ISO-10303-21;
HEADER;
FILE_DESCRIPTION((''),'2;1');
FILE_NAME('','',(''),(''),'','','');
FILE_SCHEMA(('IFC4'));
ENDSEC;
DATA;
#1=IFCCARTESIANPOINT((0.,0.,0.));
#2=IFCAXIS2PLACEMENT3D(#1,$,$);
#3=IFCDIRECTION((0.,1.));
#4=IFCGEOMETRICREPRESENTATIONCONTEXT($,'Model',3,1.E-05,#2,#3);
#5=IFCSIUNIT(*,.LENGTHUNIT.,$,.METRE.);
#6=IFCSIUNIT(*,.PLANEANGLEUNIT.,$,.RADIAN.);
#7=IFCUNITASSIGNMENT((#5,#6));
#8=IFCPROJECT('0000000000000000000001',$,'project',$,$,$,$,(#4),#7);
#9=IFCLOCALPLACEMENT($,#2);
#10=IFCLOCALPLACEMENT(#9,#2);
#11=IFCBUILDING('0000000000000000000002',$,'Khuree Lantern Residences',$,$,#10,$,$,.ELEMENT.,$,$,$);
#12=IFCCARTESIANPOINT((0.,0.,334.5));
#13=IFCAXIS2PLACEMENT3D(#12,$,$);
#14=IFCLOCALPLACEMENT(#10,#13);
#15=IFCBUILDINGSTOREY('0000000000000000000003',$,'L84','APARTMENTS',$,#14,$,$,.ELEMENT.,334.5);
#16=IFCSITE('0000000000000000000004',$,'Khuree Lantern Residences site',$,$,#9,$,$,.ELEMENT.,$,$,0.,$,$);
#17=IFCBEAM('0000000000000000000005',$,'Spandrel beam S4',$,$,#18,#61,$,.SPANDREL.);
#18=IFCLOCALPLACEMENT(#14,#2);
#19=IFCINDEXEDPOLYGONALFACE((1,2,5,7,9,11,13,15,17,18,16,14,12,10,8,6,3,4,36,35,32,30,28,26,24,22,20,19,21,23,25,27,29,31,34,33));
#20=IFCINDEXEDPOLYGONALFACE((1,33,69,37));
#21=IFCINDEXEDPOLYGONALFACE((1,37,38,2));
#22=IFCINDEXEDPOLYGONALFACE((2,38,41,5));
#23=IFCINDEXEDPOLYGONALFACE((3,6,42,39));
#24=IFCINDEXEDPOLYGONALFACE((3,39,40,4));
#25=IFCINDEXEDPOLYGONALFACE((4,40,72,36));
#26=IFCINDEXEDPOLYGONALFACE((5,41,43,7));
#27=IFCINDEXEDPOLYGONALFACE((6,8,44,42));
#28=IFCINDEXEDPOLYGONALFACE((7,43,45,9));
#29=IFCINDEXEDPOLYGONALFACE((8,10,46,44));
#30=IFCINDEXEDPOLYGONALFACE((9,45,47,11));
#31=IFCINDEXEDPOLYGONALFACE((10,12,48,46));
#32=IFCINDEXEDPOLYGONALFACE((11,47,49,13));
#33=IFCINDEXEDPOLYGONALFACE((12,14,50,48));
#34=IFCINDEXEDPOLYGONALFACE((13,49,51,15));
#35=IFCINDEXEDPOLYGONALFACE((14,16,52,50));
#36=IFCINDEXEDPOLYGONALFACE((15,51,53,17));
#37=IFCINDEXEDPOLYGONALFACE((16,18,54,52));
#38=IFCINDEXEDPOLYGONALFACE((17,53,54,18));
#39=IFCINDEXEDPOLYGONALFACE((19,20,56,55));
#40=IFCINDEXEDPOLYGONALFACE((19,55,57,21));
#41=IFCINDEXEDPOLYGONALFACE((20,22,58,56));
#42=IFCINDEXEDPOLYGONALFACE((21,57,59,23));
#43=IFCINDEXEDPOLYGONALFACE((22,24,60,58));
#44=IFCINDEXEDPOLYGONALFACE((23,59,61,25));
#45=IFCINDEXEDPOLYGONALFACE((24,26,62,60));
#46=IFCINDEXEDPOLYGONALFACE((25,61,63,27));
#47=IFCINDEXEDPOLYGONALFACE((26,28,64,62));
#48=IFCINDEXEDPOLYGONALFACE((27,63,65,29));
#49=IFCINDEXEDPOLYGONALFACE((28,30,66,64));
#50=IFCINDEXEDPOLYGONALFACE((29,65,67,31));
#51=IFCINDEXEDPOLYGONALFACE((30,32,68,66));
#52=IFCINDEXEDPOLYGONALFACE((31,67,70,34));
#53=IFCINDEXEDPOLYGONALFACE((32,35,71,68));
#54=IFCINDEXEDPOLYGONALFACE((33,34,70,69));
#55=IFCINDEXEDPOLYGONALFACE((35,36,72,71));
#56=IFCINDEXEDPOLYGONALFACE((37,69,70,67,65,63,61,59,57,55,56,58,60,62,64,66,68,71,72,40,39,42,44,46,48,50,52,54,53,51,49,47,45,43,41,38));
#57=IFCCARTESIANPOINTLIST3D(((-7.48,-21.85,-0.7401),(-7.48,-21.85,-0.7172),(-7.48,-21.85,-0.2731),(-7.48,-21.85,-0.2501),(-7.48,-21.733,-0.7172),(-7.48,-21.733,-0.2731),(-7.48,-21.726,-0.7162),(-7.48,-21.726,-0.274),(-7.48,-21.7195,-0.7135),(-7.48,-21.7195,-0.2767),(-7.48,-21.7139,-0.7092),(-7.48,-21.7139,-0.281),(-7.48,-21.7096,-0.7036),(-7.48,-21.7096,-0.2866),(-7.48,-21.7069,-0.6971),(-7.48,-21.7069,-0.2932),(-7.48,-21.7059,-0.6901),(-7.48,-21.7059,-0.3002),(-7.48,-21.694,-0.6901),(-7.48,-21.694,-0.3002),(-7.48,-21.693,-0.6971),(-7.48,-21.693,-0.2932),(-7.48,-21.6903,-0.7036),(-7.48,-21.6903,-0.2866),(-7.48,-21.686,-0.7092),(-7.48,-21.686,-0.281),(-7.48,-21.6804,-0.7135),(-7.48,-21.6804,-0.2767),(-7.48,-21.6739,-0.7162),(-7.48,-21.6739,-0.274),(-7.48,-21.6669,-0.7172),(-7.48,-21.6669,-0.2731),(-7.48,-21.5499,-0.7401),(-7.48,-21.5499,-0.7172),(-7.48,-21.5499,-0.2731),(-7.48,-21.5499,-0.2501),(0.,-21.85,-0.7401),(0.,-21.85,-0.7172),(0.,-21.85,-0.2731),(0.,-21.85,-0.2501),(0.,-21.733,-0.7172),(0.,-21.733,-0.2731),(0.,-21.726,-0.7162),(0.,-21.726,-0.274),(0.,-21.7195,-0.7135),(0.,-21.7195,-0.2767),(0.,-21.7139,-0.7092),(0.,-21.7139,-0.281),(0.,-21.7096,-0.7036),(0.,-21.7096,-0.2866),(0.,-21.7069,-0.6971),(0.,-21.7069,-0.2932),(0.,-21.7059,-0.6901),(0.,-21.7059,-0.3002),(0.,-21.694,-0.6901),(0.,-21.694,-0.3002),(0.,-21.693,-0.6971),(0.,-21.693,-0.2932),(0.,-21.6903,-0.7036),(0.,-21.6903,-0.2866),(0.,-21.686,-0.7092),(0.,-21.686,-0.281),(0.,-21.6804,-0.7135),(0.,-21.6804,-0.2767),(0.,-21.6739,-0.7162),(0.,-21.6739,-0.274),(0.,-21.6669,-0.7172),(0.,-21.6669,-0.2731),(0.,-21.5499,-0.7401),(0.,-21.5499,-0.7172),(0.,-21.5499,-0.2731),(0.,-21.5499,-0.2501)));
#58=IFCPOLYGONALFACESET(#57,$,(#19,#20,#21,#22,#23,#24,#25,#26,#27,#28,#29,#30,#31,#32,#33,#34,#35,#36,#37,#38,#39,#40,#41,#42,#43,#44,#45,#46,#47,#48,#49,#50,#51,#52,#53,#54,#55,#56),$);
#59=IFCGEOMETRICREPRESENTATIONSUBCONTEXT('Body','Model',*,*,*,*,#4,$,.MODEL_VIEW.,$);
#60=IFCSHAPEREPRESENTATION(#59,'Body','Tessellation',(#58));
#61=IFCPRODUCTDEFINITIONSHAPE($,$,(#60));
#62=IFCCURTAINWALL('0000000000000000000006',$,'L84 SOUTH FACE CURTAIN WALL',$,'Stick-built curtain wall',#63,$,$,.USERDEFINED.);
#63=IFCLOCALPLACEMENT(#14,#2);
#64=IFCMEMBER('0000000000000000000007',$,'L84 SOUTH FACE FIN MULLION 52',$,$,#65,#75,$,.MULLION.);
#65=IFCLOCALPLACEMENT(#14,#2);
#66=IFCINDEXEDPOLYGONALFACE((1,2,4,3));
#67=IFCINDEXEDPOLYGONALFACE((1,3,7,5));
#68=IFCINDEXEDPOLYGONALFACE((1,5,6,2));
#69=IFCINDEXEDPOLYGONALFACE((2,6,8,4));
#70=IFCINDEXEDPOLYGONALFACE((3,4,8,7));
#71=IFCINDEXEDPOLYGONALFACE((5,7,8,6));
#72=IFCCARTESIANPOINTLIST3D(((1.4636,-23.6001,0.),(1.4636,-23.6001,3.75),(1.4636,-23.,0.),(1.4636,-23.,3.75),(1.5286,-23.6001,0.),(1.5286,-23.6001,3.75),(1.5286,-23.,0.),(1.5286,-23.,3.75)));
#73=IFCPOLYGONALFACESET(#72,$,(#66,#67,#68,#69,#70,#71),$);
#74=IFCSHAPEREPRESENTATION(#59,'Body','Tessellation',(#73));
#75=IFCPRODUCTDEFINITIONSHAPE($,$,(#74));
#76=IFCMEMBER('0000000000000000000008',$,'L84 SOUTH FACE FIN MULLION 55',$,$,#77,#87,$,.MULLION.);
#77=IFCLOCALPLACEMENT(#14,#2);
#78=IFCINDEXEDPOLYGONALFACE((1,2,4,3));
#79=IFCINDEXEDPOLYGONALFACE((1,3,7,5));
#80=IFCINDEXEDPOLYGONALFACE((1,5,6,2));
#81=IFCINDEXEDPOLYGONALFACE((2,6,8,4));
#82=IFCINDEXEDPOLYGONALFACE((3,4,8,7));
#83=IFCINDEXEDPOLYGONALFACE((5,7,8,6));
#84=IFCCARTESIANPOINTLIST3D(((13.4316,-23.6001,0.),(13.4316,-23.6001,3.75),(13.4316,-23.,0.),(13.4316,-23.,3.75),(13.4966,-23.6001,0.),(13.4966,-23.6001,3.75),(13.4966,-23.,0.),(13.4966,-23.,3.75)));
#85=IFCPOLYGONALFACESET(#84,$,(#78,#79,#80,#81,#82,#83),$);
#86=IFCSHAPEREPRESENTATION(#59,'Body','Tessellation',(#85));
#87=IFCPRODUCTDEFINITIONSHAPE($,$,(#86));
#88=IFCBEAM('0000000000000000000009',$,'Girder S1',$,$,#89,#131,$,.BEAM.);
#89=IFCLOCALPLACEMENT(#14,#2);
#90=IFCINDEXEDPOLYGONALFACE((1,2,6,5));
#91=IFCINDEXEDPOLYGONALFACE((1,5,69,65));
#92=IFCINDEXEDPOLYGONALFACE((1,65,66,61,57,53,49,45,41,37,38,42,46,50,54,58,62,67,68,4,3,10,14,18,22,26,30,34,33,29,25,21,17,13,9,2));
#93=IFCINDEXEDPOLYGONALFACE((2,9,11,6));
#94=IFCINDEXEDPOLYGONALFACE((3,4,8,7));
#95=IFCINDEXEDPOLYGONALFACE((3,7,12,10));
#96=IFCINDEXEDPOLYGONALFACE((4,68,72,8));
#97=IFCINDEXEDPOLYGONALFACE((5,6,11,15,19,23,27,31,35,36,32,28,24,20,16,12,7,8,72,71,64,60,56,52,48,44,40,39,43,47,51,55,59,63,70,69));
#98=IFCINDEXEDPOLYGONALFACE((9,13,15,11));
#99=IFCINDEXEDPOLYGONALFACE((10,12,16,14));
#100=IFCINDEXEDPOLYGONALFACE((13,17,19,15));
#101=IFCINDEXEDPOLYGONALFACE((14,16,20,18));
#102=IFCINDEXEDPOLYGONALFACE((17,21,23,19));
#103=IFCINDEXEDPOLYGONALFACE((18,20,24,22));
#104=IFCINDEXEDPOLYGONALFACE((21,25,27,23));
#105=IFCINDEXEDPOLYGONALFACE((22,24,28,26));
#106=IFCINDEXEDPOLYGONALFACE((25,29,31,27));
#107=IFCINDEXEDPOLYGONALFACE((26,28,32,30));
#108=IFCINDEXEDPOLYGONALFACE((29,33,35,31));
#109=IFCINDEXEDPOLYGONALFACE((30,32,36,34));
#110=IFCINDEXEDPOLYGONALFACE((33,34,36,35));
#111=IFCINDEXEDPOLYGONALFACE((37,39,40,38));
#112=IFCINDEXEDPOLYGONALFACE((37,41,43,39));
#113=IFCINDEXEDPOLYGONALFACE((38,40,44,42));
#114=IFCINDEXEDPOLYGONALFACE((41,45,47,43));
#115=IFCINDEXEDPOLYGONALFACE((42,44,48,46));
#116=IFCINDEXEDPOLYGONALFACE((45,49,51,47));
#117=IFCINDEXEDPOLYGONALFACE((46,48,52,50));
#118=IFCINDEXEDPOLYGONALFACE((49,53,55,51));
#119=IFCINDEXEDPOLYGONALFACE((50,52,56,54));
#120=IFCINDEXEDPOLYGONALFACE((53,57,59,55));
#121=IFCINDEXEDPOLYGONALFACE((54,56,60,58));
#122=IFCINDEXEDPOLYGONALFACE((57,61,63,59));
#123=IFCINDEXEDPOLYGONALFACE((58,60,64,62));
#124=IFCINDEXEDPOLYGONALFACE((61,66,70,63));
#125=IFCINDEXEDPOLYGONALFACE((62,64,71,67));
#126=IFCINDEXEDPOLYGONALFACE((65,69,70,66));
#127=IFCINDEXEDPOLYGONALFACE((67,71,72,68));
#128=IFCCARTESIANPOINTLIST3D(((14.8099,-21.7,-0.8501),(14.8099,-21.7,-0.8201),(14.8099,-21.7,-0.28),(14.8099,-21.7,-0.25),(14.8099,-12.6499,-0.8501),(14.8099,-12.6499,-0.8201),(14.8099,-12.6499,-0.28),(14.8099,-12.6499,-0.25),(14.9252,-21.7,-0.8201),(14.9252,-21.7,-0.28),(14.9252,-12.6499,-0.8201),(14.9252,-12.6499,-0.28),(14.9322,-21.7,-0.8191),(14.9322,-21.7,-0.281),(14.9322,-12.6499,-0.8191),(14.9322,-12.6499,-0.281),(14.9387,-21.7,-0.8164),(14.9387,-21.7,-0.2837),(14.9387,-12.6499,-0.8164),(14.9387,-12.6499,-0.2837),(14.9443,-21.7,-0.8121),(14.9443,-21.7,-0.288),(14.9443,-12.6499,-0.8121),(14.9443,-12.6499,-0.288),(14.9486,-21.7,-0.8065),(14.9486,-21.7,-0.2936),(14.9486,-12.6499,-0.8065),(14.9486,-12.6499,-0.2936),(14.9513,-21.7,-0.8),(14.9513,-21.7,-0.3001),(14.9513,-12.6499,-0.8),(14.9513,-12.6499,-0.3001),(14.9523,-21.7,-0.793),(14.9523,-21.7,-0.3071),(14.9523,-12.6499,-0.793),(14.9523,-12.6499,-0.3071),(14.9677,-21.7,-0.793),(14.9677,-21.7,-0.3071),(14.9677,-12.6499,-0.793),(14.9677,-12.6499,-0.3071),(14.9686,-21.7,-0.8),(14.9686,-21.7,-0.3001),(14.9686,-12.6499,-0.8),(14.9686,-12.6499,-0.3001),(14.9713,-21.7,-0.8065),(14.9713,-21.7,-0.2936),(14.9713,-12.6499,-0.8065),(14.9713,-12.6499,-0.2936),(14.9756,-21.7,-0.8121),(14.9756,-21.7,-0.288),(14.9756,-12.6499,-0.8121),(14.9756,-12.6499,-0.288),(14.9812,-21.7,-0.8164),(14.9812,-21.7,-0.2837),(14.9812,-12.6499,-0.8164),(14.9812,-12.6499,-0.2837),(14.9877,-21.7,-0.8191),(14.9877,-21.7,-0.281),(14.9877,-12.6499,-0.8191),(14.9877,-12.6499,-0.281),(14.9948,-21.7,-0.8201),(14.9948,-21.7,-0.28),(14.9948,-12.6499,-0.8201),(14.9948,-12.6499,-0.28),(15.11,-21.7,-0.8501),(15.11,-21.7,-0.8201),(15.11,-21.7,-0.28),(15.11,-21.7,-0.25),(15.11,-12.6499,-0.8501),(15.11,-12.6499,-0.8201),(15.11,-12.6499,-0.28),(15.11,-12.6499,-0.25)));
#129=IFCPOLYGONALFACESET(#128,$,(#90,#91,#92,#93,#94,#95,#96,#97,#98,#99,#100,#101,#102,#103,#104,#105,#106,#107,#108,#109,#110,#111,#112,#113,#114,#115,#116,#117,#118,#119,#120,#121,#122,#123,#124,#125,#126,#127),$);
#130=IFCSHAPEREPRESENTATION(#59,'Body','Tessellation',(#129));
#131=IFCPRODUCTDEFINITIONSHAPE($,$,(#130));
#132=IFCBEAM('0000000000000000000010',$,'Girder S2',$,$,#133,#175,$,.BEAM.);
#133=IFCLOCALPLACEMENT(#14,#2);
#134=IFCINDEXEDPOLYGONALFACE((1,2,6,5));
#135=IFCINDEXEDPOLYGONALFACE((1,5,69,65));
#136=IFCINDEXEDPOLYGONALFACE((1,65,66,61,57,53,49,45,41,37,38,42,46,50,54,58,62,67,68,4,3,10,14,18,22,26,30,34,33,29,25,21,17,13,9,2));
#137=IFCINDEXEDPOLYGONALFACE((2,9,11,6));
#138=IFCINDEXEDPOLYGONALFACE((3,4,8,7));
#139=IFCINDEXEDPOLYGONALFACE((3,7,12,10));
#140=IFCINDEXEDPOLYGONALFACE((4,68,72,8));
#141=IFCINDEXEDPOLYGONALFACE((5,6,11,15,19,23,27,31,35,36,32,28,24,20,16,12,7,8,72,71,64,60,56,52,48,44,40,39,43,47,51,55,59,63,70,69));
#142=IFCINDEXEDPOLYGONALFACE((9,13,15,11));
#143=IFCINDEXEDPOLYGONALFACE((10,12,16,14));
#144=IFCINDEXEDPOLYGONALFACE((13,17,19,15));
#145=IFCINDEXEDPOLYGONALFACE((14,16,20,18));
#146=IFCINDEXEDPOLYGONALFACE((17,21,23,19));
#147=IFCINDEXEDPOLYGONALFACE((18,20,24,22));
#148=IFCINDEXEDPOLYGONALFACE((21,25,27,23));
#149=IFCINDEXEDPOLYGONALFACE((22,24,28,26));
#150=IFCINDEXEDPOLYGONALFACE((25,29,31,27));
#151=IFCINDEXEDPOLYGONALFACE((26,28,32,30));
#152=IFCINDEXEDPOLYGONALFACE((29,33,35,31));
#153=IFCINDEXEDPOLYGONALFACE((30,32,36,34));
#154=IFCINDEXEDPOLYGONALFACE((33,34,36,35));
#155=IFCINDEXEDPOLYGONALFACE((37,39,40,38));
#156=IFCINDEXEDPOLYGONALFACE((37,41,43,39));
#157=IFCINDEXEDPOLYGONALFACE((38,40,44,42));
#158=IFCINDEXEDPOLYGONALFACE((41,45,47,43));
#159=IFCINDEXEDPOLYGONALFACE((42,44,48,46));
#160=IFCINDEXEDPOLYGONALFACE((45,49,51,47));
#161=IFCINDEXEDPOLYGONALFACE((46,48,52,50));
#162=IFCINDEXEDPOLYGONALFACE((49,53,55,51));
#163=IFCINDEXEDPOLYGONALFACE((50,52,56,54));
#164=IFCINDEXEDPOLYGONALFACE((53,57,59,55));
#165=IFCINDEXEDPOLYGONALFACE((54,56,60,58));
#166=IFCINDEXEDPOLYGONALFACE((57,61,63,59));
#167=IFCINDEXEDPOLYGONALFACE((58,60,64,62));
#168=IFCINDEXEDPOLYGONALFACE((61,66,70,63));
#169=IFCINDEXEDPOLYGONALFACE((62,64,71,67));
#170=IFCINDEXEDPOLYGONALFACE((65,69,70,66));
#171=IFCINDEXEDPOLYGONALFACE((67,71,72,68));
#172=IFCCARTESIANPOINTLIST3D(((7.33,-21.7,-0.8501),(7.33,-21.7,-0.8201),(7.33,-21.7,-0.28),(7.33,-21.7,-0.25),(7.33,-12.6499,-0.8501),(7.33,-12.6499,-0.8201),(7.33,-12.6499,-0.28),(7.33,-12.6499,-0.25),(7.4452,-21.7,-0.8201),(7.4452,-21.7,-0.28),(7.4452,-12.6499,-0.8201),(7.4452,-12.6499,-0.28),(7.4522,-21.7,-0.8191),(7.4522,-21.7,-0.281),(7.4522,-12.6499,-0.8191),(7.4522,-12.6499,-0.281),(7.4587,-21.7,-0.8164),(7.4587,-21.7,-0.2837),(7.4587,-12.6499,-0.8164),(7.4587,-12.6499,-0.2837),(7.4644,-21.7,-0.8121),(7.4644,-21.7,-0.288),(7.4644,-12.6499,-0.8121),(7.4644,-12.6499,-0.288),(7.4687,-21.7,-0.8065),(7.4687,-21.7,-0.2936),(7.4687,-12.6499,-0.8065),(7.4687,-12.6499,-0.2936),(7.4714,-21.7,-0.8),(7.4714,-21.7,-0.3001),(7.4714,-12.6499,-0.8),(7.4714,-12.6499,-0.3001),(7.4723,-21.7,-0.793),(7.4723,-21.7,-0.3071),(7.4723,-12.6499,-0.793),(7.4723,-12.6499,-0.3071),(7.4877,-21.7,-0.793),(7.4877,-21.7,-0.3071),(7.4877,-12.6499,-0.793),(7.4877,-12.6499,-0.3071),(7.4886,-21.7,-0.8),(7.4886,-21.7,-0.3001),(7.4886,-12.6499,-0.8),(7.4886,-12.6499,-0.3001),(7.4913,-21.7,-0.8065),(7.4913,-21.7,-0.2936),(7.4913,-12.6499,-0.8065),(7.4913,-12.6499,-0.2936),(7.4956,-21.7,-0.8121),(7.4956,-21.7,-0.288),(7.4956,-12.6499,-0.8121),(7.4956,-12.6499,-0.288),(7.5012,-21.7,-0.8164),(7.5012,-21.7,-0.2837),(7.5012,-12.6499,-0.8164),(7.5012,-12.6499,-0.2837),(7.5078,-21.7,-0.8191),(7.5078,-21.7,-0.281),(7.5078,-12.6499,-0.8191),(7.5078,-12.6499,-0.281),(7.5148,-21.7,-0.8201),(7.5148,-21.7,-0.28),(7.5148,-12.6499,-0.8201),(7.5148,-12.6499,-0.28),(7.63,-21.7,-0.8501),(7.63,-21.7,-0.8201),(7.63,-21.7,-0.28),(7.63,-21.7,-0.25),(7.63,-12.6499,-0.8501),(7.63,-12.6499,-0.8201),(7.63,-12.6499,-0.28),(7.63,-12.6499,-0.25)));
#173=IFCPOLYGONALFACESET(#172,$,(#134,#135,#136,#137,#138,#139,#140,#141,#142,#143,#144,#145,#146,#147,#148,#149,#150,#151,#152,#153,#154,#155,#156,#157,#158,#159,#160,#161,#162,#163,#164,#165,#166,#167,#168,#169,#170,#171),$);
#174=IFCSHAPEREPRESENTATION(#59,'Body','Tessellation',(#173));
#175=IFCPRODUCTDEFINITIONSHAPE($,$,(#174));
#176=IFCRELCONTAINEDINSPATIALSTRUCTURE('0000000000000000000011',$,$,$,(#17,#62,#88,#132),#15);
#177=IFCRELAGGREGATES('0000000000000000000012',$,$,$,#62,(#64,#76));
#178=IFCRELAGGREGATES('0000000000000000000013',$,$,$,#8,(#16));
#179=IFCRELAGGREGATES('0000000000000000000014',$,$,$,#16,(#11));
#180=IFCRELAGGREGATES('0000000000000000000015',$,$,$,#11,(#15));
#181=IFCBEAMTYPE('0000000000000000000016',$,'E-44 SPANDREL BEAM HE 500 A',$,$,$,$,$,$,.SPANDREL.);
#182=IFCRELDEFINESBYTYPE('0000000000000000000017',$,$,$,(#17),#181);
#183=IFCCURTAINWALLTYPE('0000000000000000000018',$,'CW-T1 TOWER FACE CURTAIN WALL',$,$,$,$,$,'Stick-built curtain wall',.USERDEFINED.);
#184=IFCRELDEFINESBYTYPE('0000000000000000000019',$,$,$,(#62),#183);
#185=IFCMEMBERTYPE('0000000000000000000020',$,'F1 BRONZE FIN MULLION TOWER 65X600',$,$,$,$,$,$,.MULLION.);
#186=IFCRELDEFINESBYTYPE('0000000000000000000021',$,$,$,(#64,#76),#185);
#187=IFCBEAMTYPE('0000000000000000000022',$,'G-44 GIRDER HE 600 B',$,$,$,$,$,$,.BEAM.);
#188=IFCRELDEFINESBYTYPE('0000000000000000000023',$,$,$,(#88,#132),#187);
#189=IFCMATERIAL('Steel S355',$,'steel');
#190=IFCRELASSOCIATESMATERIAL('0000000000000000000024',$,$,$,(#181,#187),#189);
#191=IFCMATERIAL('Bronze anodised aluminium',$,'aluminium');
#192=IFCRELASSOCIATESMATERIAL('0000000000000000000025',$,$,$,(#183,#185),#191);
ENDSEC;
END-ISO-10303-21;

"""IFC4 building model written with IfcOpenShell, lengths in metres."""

from ifc_helpers import new_model, si_unit, direction, frame, origin, origin_2d, place, context, subcontext, project, spatial, rectangle, i_section, extrude, material, material_profile, profile_set, type_object, element, aggregate, save


model = new_model("IFC4")

# Units and contexts
model_context = context("Model", 3, precision=1e-05, world=origin(), true_north=direction((0.0, 1.0)))
body_context = subcontext(model_context, "Body", "Model", "MODEL_VIEW")
ifc_project = project(units=[si_unit("LENGTHUNIT", "METRE"), si_unit("PLANEANGLEUNIT", "RADIAN")], contexts=[model_context])

# Site, building, storey
site_placement = place(None, origin())
site = spatial("IfcSite", under=ifc_project, at=site_placement, Name="Khuree Lantern Residences site", CompositionType="ELEMENT", RefElevation=0.0)
building_placement = place(site_placement, origin())
building = spatial("IfcBuilding", under=site, at=building_placement, Name="Khuree Lantern Residences", CompositionType="ELEMENT")
storey_placement = place(building_placement, frame((0.0, 0.0, 334.5)))
storey = spatial("IfcBuildingStorey", under=building, at=storey_placement, Name="L84", Description="APARTMENTS", CompositionType="ELEMENT", Elevation=334.5)

# Beam
ifc_material_1 = material(Name="Steel S355", Category="steel")
ifc_material_profile_1 = material_profile(ifc_material_1, i_section(OverallWidth=0.3, OverallDepth=0.49, WebThickness=0.012, FlangeThickness=0.0229, FilletRadius=0.0271, at=origin_2d()), Name="HE 500 A")
ifc_profile_set_1 = profile_set([ifc_material_profile_1], Name="Steel S355")
beam_type_1 = type_object("IfcBeamType", Name="E-44 SPANDREL BEAM HE 500 A", PredefinedType="SPANDREL", material=ifc_profile_set_1)
for number, where, z_axis, x_axis, name in (
    (1, (0.0, -21.7, -0.4951), (-1.0, 0.0, 0.0), (0.0, -1.0, 0.0), "Spandrel beam S4"),
):
    element("IfcBeam", number, at=place(storey_placement, frame(where, z_axis=z_axis, x_axis=x_axis)), inside=storey, type_object=beam_type_1, Name=name, PredefinedType="SPANDREL", context=body_context, shape_type="SweptSolid", body=[
        extrude(i_section(OverallWidth=0.3, OverallDepth=0.49, WebThickness=0.012, FlangeThickness=0.0229, FilletRadius=0.0271, at=origin_2d()), origin(), (0.0, 0.0, 1.0), 7.48),
    ])

# Curtain wall, members
ifc_material_2 = material(Name="Bronze anodised aluminium", Category="aluminium")
curtain_wall_type = type_object("IfcCurtainWallType", Name="CW-T1 TOWER FACE CURTAIN WALL", ElementType="Stick-built curtain wall", PredefinedType="USERDEFINED", material=ifc_material_2)
curtain_wall_placement = place(storey_placement, origin())
curtain_wall = element("IfcCurtainWall", 2, at=curtain_wall_placement, inside=storey, type_object=curtain_wall_type, Name="L84 SOUTH FACE CURTAIN WALL", ObjectType="Stick-built curtain wall", PredefinedType="USERDEFINED")
ifc_material_profile_2 = material_profile(ifc_material_2, rectangle(XDim=0.0649, YDim=0.6001, at=origin_2d()), Name="F1 65X600")
ifc_profile_set_2 = profile_set([ifc_material_profile_2], Name="Bronze anodised aluminium")
member_type_1 = type_object("IfcMemberType", Name="F1 BRONZE FIN MULLION TOWER 65X600", PredefinedType="MULLION", material=ifc_profile_set_2)
member_1_placement = place(storey_placement, frame((1.4961, -23.3, 0.0), z_axis=(0.0, 0.0, 1.0), x_axis=(1.0, 0.0, 0.0)))
member_1 = element("IfcMember", 3, at=member_1_placement, type_object=member_type_1, Name="L84 SOUTH FACE FIN MULLION 52", PredefinedType="MULLION", context=body_context, shape_type="SweptSolid", body=[
    extrude(rectangle(XDim=0.0649, YDim=0.6001, at=origin_2d()), origin(), (0.0, 0.0, 1.0), 3.75),
])
member_2_placement = place(storey_placement, frame((13.4641, -23.3, 0.0), z_axis=(0.0, 0.0, 1.0), x_axis=(1.0, 0.0, 0.0)))
member_2 = element("IfcMember", 4, at=member_2_placement, type_object=member_type_1, Name="L84 SOUTH FACE FIN MULLION 55", PredefinedType="MULLION", context=body_context, shape_type="SweptSolid", body=[
    extrude(rectangle(XDim=0.0649, YDim=0.6001, at=origin_2d()), origin(), (0.0, 0.0, 1.0), 3.75),
])

# Beams
ifc_material_profile_3 = material_profile(ifc_material_1, i_section(OverallWidth=0.3, OverallDepth=0.6001, WebThickness=0.0154, FlangeThickness=0.03, FilletRadius=0.0271, at=origin_2d()), Name="HE 600 B")
ifc_profile_set_3 = profile_set([ifc_material_profile_3], Name="Steel S355")
beam_type_2 = type_object("IfcBeamType", Name="G-44 GIRDER HE 600 B", PredefinedType="BEAM", material=ifc_profile_set_3)
for number, where, z_axis, x_axis, name in (
    (5, (14.96, -21.7, -0.55), (0.0, 1.0, 0.0), (-1.0, 0.0, 0.0), "Girder S1"),
    (6, (7.48, -21.7, -0.55), (0.0, 1.0, 0.0), (-1.0, 0.0, 0.0), "Girder S2"),
):
    element("IfcBeam", number, at=place(storey_placement, frame(where, z_axis=z_axis, x_axis=x_axis)), inside=storey, type_object=beam_type_2, Name=name, PredefinedType="BEAM", context=body_context, shape_type="SweptSolid", body=[
        extrude(i_section(OverallWidth=0.3, OverallDepth=0.6001, WebThickness=0.0154, FlangeThickness=0.03, FilletRadius=0.0271, at=origin_2d()), origin(), (0.0, 0.0, 1.0), 9.05),
    ])

aggregate(curtain_wall, [member_1, member_2])

save(model, "model.ifc")
